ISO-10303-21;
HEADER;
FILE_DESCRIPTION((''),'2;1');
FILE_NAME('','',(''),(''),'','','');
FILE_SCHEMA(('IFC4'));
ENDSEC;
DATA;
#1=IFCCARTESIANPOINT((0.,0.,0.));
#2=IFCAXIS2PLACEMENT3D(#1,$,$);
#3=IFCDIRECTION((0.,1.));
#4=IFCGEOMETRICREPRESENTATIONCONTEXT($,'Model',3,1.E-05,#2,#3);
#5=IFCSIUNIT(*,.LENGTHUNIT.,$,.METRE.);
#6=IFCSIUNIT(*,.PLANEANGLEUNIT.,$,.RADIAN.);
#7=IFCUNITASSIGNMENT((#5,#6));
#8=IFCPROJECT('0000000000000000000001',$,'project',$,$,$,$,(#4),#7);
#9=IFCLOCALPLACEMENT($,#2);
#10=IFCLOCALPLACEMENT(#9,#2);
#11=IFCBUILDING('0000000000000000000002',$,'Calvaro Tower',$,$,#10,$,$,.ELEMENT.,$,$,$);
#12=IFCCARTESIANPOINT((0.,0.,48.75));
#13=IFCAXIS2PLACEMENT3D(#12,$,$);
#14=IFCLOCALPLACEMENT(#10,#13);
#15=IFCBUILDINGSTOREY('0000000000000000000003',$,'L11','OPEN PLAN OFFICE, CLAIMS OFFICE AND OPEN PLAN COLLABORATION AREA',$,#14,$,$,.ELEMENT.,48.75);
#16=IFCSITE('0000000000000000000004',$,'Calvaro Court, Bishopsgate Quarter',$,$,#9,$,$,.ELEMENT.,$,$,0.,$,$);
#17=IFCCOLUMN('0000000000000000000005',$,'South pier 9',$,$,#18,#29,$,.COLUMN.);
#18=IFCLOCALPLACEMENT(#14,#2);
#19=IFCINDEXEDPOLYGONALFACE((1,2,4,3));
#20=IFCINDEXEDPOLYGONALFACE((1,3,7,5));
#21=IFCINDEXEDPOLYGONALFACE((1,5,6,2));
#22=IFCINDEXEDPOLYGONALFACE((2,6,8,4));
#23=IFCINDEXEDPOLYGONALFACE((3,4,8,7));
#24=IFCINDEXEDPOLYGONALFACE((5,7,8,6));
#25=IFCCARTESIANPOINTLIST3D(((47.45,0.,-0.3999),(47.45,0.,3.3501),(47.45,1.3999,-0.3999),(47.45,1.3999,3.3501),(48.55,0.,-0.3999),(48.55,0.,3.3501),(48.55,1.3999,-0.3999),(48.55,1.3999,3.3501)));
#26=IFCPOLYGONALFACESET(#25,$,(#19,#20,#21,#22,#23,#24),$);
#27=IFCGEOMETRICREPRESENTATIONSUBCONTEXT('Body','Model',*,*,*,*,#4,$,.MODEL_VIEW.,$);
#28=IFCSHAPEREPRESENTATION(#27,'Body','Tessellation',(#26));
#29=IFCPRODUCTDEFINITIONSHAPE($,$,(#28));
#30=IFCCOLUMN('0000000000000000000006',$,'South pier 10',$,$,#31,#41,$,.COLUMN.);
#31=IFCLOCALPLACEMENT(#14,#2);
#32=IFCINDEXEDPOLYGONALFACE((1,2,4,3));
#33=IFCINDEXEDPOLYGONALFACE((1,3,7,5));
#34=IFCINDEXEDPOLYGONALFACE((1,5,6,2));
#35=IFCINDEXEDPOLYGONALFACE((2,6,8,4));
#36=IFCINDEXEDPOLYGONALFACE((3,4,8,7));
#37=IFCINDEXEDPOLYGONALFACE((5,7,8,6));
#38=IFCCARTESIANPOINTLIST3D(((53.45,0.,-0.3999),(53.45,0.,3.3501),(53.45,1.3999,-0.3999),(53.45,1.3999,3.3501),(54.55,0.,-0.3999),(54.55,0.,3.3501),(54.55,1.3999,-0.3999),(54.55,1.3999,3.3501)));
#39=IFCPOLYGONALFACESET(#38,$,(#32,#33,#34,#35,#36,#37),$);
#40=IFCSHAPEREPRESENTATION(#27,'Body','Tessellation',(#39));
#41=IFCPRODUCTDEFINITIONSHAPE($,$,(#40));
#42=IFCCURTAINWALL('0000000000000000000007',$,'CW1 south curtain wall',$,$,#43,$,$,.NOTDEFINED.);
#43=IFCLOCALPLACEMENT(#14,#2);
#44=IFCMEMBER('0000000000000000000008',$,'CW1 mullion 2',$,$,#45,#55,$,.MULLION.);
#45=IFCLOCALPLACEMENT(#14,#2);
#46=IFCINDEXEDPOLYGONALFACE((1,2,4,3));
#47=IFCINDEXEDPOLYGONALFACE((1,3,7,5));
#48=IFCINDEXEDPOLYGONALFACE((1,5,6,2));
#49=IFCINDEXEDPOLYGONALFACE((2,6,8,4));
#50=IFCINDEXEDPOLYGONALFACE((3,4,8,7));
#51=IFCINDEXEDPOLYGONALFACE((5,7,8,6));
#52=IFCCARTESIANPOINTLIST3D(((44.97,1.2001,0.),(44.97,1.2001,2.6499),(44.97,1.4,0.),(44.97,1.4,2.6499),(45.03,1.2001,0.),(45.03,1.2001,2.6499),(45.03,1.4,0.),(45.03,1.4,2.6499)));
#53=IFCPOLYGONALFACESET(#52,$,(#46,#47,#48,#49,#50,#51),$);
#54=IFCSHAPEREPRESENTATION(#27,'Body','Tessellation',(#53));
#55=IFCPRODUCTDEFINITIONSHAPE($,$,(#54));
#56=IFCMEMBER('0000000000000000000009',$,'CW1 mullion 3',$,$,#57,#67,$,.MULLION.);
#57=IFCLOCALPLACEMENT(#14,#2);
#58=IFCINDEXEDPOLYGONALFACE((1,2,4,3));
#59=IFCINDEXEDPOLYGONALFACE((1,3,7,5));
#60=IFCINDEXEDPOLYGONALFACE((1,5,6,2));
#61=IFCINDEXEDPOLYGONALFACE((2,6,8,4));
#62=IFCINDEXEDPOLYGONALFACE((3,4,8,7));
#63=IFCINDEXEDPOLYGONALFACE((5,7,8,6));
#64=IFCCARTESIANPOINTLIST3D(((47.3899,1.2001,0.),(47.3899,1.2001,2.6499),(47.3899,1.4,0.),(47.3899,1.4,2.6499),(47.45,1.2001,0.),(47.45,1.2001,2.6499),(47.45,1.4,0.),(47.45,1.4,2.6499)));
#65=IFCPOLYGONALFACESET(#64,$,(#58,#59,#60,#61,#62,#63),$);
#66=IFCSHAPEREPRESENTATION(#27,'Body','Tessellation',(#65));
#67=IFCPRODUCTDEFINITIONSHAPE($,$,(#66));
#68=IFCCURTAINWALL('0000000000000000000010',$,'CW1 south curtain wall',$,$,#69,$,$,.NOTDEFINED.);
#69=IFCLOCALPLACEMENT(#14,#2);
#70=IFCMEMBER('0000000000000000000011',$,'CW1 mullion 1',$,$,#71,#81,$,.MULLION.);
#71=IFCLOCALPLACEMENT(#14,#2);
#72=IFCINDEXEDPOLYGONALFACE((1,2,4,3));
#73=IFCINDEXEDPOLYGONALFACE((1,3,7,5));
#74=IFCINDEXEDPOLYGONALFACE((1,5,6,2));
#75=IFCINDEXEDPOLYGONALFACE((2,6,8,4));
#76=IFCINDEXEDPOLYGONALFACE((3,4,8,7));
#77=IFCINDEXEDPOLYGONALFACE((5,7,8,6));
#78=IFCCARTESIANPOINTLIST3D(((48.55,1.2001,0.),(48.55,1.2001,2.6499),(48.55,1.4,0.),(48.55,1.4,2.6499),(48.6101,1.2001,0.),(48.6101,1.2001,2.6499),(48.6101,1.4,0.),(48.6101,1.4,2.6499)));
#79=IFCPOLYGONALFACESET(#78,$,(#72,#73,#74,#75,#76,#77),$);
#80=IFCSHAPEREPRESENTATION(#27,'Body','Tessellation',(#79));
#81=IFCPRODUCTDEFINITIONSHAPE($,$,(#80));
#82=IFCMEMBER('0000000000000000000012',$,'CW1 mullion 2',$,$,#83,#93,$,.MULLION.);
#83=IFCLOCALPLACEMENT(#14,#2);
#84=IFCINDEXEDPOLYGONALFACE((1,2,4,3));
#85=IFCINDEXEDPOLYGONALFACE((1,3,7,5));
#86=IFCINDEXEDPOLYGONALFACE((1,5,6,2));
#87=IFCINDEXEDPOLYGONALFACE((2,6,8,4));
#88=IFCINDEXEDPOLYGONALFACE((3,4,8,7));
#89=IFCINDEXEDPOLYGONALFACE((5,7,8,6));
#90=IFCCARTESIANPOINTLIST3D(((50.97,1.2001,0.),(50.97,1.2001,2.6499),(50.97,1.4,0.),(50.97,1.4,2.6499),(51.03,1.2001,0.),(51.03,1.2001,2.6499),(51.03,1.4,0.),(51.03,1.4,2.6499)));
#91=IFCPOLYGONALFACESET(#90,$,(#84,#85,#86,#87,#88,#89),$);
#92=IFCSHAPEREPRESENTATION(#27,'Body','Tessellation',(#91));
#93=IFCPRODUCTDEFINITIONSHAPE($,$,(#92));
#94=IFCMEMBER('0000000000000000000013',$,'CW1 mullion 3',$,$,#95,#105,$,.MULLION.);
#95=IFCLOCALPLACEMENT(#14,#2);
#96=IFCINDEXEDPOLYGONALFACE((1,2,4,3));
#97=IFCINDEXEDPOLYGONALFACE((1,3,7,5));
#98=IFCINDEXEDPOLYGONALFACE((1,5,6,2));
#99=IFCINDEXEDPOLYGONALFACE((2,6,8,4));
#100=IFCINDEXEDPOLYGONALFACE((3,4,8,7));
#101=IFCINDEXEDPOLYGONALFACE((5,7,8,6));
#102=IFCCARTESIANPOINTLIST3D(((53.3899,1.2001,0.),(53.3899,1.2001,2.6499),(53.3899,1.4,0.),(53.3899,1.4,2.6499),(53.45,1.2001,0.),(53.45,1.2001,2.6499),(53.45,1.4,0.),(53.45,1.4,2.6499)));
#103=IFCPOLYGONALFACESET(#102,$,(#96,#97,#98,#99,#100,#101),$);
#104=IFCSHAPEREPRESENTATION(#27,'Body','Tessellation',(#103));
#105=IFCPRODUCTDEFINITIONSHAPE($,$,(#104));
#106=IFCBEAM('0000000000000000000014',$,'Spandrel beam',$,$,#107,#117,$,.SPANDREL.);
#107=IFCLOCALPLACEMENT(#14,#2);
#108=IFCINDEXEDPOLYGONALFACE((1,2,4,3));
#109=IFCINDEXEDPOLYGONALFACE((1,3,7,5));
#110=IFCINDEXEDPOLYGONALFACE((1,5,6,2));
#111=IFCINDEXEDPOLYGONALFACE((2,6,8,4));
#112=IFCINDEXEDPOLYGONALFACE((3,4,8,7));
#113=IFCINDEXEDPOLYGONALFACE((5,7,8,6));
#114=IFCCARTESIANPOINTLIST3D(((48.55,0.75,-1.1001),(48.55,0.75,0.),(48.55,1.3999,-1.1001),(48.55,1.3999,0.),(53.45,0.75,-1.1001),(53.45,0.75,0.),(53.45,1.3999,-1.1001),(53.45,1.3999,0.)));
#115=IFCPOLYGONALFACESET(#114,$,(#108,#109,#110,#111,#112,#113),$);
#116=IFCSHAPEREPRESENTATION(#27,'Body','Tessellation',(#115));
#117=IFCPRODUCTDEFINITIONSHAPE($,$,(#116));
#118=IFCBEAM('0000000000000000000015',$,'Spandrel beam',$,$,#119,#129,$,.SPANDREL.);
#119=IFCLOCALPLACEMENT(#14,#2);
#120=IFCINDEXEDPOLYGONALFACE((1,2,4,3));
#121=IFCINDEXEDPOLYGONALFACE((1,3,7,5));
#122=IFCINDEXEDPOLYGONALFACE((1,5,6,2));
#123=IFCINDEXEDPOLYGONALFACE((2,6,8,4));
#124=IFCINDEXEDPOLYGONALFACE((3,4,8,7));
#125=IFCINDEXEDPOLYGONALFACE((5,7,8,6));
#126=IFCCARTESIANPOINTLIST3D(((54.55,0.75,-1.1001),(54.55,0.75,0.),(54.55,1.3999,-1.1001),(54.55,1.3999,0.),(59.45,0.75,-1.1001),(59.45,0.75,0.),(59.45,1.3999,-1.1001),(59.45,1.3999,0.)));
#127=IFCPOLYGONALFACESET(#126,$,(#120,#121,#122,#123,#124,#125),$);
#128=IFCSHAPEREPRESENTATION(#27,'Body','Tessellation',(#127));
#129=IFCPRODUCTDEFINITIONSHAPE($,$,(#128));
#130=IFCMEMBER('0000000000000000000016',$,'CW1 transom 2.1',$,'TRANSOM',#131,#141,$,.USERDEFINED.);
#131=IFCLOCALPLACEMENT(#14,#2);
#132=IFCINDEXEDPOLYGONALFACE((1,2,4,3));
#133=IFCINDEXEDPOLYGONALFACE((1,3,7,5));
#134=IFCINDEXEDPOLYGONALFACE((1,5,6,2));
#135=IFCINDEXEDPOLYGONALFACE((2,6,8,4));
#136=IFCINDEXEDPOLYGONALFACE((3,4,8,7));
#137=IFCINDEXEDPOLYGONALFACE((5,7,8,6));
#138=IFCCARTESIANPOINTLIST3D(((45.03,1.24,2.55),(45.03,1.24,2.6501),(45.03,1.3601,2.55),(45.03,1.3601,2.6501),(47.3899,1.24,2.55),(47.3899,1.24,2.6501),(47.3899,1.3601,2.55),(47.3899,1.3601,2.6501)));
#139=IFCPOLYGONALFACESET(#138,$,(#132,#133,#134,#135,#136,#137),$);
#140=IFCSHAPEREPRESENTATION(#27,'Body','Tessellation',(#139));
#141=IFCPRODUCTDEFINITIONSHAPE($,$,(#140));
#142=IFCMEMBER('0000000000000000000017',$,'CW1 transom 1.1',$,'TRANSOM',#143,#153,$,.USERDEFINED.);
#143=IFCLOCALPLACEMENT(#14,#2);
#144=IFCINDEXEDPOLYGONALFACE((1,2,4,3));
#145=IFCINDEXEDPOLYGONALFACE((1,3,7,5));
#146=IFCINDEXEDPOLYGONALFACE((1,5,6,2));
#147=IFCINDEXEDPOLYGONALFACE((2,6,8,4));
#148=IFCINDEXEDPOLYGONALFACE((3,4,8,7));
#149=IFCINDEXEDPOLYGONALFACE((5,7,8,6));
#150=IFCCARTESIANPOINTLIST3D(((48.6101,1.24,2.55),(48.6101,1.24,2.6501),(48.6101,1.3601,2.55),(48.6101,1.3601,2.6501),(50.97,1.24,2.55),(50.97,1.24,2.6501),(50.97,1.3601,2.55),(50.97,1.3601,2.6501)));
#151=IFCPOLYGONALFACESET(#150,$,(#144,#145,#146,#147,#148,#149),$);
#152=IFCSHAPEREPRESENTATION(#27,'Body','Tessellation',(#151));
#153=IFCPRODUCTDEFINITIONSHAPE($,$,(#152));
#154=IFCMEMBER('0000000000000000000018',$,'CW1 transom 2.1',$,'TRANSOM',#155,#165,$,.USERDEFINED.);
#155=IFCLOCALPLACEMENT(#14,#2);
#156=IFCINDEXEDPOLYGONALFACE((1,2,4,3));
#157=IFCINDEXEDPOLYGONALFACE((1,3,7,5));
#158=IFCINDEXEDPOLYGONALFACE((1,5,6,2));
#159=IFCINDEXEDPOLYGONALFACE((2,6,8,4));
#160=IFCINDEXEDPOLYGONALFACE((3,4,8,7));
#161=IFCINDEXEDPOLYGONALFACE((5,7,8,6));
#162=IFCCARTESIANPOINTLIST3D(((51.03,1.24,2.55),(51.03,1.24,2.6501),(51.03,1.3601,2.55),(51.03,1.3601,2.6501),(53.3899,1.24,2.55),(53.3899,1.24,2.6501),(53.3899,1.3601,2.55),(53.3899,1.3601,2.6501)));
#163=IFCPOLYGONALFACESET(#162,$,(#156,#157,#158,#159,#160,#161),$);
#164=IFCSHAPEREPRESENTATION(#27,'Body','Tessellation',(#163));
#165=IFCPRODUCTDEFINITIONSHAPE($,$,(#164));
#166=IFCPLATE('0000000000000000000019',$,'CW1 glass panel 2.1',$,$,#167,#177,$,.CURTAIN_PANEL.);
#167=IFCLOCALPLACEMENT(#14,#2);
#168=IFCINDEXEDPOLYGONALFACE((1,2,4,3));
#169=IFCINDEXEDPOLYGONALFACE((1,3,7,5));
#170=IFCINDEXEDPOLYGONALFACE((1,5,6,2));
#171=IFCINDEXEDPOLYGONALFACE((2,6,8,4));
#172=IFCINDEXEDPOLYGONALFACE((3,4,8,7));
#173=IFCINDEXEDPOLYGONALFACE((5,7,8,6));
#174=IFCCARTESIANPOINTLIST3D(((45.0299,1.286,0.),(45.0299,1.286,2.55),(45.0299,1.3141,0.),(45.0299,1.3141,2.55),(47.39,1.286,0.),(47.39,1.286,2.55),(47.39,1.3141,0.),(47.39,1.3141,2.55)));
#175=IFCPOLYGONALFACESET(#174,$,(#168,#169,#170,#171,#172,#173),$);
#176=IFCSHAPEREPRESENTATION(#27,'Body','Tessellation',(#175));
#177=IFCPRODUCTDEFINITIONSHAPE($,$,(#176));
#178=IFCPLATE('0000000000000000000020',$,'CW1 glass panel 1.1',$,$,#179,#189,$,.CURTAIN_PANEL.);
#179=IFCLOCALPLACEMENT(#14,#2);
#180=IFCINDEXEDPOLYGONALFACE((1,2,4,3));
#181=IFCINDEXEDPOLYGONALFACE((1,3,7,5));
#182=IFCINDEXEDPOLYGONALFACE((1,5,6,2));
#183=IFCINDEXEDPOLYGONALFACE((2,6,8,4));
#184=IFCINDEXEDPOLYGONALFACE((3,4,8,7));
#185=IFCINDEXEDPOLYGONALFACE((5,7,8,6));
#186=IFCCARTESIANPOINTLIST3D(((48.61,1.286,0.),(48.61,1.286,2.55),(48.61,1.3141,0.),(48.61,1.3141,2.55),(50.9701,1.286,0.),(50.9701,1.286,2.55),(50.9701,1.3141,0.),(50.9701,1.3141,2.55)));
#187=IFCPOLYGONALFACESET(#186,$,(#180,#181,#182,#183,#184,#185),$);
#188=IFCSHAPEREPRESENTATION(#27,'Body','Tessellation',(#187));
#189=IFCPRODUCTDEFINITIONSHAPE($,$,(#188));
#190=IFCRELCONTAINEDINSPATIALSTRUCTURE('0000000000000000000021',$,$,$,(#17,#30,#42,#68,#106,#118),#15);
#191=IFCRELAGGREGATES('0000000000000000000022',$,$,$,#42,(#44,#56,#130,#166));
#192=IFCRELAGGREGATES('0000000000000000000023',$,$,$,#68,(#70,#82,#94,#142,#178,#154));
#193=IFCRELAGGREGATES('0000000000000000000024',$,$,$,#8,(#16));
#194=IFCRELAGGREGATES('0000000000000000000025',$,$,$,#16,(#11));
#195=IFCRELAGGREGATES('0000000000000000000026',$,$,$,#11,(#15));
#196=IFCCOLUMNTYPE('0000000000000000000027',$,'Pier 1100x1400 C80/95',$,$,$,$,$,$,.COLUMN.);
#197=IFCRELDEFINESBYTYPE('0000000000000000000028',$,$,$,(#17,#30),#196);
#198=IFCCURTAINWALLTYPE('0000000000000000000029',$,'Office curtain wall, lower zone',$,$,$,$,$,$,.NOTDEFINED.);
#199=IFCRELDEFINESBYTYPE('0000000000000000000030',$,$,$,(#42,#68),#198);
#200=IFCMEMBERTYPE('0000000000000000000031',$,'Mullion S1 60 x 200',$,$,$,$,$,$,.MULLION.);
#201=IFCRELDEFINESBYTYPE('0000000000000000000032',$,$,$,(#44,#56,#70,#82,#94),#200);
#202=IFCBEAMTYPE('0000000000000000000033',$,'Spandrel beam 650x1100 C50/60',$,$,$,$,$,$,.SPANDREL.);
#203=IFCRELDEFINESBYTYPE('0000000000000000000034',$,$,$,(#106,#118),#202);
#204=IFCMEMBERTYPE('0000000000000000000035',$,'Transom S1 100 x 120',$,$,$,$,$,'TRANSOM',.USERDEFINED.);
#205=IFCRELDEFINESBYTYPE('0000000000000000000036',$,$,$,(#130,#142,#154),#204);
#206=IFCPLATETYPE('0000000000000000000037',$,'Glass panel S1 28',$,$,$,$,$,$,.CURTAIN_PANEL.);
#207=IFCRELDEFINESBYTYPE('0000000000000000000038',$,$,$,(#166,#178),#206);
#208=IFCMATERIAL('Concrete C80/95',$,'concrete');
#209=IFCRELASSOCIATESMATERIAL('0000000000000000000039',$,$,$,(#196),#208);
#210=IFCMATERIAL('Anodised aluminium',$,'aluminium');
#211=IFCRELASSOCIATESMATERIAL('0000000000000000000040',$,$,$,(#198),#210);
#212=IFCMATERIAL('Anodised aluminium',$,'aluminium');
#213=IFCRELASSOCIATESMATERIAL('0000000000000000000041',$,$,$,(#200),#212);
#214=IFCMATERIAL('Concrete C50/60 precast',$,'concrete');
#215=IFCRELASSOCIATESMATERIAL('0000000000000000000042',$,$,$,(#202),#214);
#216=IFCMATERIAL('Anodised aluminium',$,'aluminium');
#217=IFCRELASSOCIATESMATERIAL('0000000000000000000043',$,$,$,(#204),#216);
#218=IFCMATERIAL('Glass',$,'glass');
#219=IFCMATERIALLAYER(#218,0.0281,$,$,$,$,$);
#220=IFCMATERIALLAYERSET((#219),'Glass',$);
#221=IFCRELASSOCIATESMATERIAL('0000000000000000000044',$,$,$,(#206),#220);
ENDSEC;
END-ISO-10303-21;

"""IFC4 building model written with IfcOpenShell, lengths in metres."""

from ifc_helpers import new_model, si_unit, direction, frame, origin, origin_2d, place, context, subcontext, project, spatial, rectangle, extrude, material, layer, layer_set, material_profile, profile_set, type_object, element, aggregate, save


model = new_model("IFC4")

# Units and contexts
model_context = context("Model", 3, precision=1e-05, world=origin(), true_north=direction((0.0, 1.0)))
body_context = subcontext(model_context, "Body", "Model", "MODEL_VIEW")
ifc_project = project(units=[si_unit("LENGTHUNIT", "METRE"), si_unit("PLANEANGLEUNIT", "RADIAN")], contexts=[model_context])

# Site, building, storey
site_placement = place(None, origin())
site = spatial("IfcSite", under=ifc_project, at=site_placement, Name="Calvaro Court, Bishopsgate Quarter", CompositionType="ELEMENT", RefElevation=0.0)
building_placement = place(site_placement, origin())
building = spatial("IfcBuilding", under=site, at=building_placement, Name="Calvaro Tower", CompositionType="ELEMENT")
storey_placement = place(building_placement, frame((0.0, 0.0, 48.75)))
storey = spatial("IfcBuildingStorey", under=building, at=storey_placement, Name="L11", Description="OPEN PLAN OFFICE, CLAIMS OFFICE AND OPEN PLAN COLLABORATION AREA", CompositionType="ELEMENT", Elevation=48.75)

# Columns
ifc_material_1 = material(Name="Concrete C80/95", Category="concrete")
ifc_material_profile_1 = material_profile(ifc_material_1, rectangle(XDim=1.1001, YDim=1.3999, at=origin_2d()), Name="RC 1100x1400")
ifc_profile_set_1 = profile_set([ifc_material_profile_1], Name="Concrete C80/95")
column_type = type_object("IfcColumnType", Name="Pier 1100x1400 C80/95", PredefinedType="COLUMN", material=ifc_profile_set_1)
for number, where, z_axis, x_axis, name in (
    (1, (48.0, 0.7, -0.3999), (0.0, 0.0, 1.0), (1.0, 0.0, 0.0), "South pier 9"),
    (2, (54.0, 0.7, -0.3999), (0.0, 0.0, 1.0), (1.0, 0.0, 0.0), "South pier 10"),
):
    element("IfcColumn", number, at=place(storey_placement, frame(where, z_axis=z_axis, x_axis=x_axis)), inside=storey, type_object=column_type, Name=name, PredefinedType="COLUMN", context=body_context, shape_type="SweptSolid", body=[
        extrude(rectangle(XDim=1.1001, YDim=1.3999, at=origin_2d()), origin(), (0.0, 0.0, 1.0), 3.75),
    ])

# Curtain walls, members
ifc_material_2 = material(Name="Anodised aluminium", Category="aluminium")
curtain_wall_type = type_object("IfcCurtainWallType", Name="Office curtain wall, lower zone", PredefinedType="NOTDEFINED", material=ifc_material_2)
curtain_wall_1_placement = place(storey_placement, origin())
curtain_wall_1 = element("IfcCurtainWall", 3, at=curtain_wall_1_placement, inside=storey, type_object=curtain_wall_type, Name="CW1 south curtain wall", PredefinedType="NOTDEFINED")
ifc_material_3 = material(Name="Anodised aluminium", Category="aluminium")
ifc_material_profile_2 = material_profile(ifc_material_3, rectangle(XDim=0.2, YDim=0.0601, at=origin_2d()), Name="Mullion S1 60 x 200")
ifc_profile_set_2 = profile_set([ifc_material_profile_2], Name="Anodised aluminium")
member_type_1 = type_object("IfcMemberType", Name="Mullion S1 60 x 200", PredefinedType="MULLION", material=ifc_profile_set_2)
member_1_placement = place(storey_placement, frame((45.0, 1.3, 0.0), z_axis=(0.0, 0.0, 1.0), x_axis=(0.0, 1.0, 0.0)))
member_1 = element("IfcMember", 4, at=member_1_placement, type_object=member_type_1, Name="CW1 mullion 2", PredefinedType="MULLION", context=body_context, shape_type="SweptSolid", body=[
    extrude(rectangle(XDim=0.2, YDim=0.0601, at=origin_2d()), origin(), (0.0, 0.0, 1.0), 2.6499),
])
member_2_placement = place(storey_placement, frame((47.4199, 1.3, 0.0), z_axis=(0.0, 0.0, 1.0), x_axis=(0.0, 1.0, 0.0)))
member_2 = element("IfcMember", 5, at=member_2_placement, type_object=member_type_1, Name="CW1 mullion 3", PredefinedType="MULLION", context=body_context, shape_type="SweptSolid", body=[
    extrude(rectangle(XDim=0.2, YDim=0.0601, at=origin_2d()), origin(), (0.0, 0.0, 1.0), 2.6499),
])
curtain_wall_2_placement = place(storey_placement, origin())
curtain_wall_2 = element("IfcCurtainWall", 6, at=curtain_wall_2_placement, inside=storey, type_object=curtain_wall_type, Name="CW1 south curtain wall", PredefinedType="NOTDEFINED")
member_3_placement = place(storey_placement, frame((48.5801, 1.3, 0.0), z_axis=(0.0, 0.0, 1.0), x_axis=(0.0, 1.0, 0.0)))
member_3 = element("IfcMember", 7, at=member_3_placement, type_object=member_type_1, Name="CW1 mullion 1", PredefinedType="MULLION", context=body_context, shape_type="SweptSolid", body=[
    extrude(rectangle(XDim=0.2, YDim=0.0601, at=origin_2d()), origin(), (0.0, 0.0, 1.0), 2.6499),
])
member_4_placement = place(storey_placement, frame((51.0, 1.3, 0.0), z_axis=(0.0, 0.0, 1.0), x_axis=(0.0, 1.0, 0.0)))
member_4 = element("IfcMember", 8, at=member_4_placement, type_object=member_type_1, Name="CW1 mullion 2", PredefinedType="MULLION", context=body_context, shape_type="SweptSolid", body=[
    extrude(rectangle(XDim=0.2, YDim=0.0601, at=origin_2d()), origin(), (0.0, 0.0, 1.0), 2.6499),
])
member_5_placement = place(storey_placement, frame((53.4199, 1.3, 0.0), z_axis=(0.0, 0.0, 1.0), x_axis=(0.0, 1.0, 0.0)))
member_5 = element("IfcMember", 9, at=member_5_placement, type_object=member_type_1, Name="CW1 mullion 3", PredefinedType="MULLION", context=body_context, shape_type="SweptSolid", body=[
    extrude(rectangle(XDim=0.2, YDim=0.0601, at=origin_2d()), origin(), (0.0, 0.0, 1.0), 2.6499),
])

# Beams
ifc_material_4 = material(Name="Concrete C50/60 precast", Category="concrete")
ifc_material_profile_3 = material_profile(ifc_material_4, rectangle(XDim=0.6499, YDim=1.1001, at=origin_2d()), Name="RC 650x1100")
ifc_profile_set_3 = profile_set([ifc_material_profile_3], Name="Concrete C50/60 precast")
beam_type = type_object("IfcBeamType", Name="Spandrel beam 650x1100 C50/60", PredefinedType="SPANDREL", material=ifc_profile_set_3)
for number, where, z_axis, x_axis, name in (
    (10, (48.55, 1.075, -0.55), (1.0, 0.0, 0.0), (0.0, 1.0, 0.0), "Spandrel beam"),
    (11, (54.55, 1.075, -0.55), (1.0, 0.0, 0.0), (0.0, 1.0, 0.0), "Spandrel beam"),
):
    element("IfcBeam", number, at=place(storey_placement, frame(where, z_axis=z_axis, x_axis=x_axis)), inside=storey, type_object=beam_type, Name=name, PredefinedType="SPANDREL", context=body_context, shape_type="SweptSolid", body=[
        extrude(rectangle(XDim=0.6499, YDim=1.1001, at=origin_2d()), origin(), (0.0, 0.0, 1.0), 4.8999),
    ])

# Members
ifc_material_5 = material(Name="Anodised aluminium", Category="aluminium")
ifc_material_profile_4 = material_profile(ifc_material_5, rectangle(XDim=0.1201, YDim=0.1001, at=origin_2d()), Name="Transom S1 100 x 120")
ifc_profile_set_4 = profile_set([ifc_material_profile_4], Name="Anodised aluminium")
member_type_2 = type_object("IfcMemberType", Name="Transom S1 100 x 120", ElementType="TRANSOM", PredefinedType="USERDEFINED", material=ifc_profile_set_4)
member_6_placement = place(storey_placement, frame((45.03, 1.3, 2.6001), z_axis=(1.0, 0.0, 0.0), x_axis=(0.0, 1.0, 0.0)))
member_6 = element("IfcMember", 12, at=member_6_placement, type_object=member_type_2, Name="CW1 transom 2.1", ObjectType="TRANSOM", PredefinedType="USERDEFINED", context=body_context, shape_type="SweptSolid", body=[
    extrude(rectangle(XDim=0.1201, YDim=0.1001, at=origin_2d()), origin(), (0.0, 0.0, 1.0), 2.3599),
])
member_7_placement = place(storey_placement, frame((48.6101, 1.3, 2.6001), z_axis=(1.0, 0.0, 0.0), x_axis=(0.0, 1.0, 0.0)))
member_7 = element("IfcMember", 13, at=member_7_placement, type_object=member_type_2, Name="CW1 transom 1.1", ObjectType="TRANSOM", PredefinedType="USERDEFINED", context=body_context, shape_type="SweptSolid", body=[
    extrude(rectangle(XDim=0.1201, YDim=0.1001, at=origin_2d()), origin(), (0.0, 0.0, 1.0), 2.3599),
])
member_8_placement = place(storey_placement, frame((51.03, 1.3, 2.6001), z_axis=(1.0, 0.0, 0.0), x_axis=(0.0, 1.0, 0.0)))
member_8 = element("IfcMember", 14, at=member_8_placement, type_object=member_type_2, Name="CW1 transom 2.1", ObjectType="TRANSOM", PredefinedType="USERDEFINED", context=body_context, shape_type="SweptSolid", body=[
    extrude(rectangle(XDim=0.1201, YDim=0.1001, at=origin_2d()), origin(), (0.0, 0.0, 1.0), 2.3599),
])

# Plates
ifc_material_6 = material(Name="Glass", Category="glass")
ifc_layer_1 = layer(ifc_material_6, 0.0281)
ifc_layer_set_1 = layer_set([ifc_layer_1], Name="Glass")
plate_type = type_object("IfcPlateType", Name="Glass panel S1 28", PredefinedType="CURTAIN_PANEL", material=ifc_layer_set_1)
plate_1_placement = place(storey_placement, frame((46.21, 1.3, 0.0), z_axis=(0.0, 0.0, 1.0), x_axis=(1.0, 0.0, 0.0)))
plate_1 = element("IfcPlate", 15, at=plate_1_placement, type_object=plate_type, Name="CW1 glass panel 2.1", PredefinedType="CURTAIN_PANEL", context=body_context, shape_type="SweptSolid", body=[
    extrude(rectangle(XDim=2.3601, YDim=0.0281, at=origin_2d()), origin(), (0.0, 0.0, 1.0), 2.55),
])
aggregate(curtain_wall_1, [member_1, member_2, member_6, plate_1])
plate_2_placement = place(storey_placement, frame((49.79, 1.3, 0.0), z_axis=(0.0, 0.0, 1.0), x_axis=(1.0, 0.0, 0.0)))
plate_2 = element("IfcPlate", 16, at=plate_2_placement, type_object=plate_type, Name="CW1 glass panel 1.1", PredefinedType="CURTAIN_PANEL", context=body_context, shape_type="SweptSolid", body=[
    extrude(rectangle(XDim=2.3601, YDim=0.0281, at=origin_2d()), origin(), (0.0, 0.0, 1.0), 2.55),
])
aggregate(curtain_wall_2, [member_3, member_4, member_5, member_7, plate_2, member_8])

save(model, "model.ifc")
